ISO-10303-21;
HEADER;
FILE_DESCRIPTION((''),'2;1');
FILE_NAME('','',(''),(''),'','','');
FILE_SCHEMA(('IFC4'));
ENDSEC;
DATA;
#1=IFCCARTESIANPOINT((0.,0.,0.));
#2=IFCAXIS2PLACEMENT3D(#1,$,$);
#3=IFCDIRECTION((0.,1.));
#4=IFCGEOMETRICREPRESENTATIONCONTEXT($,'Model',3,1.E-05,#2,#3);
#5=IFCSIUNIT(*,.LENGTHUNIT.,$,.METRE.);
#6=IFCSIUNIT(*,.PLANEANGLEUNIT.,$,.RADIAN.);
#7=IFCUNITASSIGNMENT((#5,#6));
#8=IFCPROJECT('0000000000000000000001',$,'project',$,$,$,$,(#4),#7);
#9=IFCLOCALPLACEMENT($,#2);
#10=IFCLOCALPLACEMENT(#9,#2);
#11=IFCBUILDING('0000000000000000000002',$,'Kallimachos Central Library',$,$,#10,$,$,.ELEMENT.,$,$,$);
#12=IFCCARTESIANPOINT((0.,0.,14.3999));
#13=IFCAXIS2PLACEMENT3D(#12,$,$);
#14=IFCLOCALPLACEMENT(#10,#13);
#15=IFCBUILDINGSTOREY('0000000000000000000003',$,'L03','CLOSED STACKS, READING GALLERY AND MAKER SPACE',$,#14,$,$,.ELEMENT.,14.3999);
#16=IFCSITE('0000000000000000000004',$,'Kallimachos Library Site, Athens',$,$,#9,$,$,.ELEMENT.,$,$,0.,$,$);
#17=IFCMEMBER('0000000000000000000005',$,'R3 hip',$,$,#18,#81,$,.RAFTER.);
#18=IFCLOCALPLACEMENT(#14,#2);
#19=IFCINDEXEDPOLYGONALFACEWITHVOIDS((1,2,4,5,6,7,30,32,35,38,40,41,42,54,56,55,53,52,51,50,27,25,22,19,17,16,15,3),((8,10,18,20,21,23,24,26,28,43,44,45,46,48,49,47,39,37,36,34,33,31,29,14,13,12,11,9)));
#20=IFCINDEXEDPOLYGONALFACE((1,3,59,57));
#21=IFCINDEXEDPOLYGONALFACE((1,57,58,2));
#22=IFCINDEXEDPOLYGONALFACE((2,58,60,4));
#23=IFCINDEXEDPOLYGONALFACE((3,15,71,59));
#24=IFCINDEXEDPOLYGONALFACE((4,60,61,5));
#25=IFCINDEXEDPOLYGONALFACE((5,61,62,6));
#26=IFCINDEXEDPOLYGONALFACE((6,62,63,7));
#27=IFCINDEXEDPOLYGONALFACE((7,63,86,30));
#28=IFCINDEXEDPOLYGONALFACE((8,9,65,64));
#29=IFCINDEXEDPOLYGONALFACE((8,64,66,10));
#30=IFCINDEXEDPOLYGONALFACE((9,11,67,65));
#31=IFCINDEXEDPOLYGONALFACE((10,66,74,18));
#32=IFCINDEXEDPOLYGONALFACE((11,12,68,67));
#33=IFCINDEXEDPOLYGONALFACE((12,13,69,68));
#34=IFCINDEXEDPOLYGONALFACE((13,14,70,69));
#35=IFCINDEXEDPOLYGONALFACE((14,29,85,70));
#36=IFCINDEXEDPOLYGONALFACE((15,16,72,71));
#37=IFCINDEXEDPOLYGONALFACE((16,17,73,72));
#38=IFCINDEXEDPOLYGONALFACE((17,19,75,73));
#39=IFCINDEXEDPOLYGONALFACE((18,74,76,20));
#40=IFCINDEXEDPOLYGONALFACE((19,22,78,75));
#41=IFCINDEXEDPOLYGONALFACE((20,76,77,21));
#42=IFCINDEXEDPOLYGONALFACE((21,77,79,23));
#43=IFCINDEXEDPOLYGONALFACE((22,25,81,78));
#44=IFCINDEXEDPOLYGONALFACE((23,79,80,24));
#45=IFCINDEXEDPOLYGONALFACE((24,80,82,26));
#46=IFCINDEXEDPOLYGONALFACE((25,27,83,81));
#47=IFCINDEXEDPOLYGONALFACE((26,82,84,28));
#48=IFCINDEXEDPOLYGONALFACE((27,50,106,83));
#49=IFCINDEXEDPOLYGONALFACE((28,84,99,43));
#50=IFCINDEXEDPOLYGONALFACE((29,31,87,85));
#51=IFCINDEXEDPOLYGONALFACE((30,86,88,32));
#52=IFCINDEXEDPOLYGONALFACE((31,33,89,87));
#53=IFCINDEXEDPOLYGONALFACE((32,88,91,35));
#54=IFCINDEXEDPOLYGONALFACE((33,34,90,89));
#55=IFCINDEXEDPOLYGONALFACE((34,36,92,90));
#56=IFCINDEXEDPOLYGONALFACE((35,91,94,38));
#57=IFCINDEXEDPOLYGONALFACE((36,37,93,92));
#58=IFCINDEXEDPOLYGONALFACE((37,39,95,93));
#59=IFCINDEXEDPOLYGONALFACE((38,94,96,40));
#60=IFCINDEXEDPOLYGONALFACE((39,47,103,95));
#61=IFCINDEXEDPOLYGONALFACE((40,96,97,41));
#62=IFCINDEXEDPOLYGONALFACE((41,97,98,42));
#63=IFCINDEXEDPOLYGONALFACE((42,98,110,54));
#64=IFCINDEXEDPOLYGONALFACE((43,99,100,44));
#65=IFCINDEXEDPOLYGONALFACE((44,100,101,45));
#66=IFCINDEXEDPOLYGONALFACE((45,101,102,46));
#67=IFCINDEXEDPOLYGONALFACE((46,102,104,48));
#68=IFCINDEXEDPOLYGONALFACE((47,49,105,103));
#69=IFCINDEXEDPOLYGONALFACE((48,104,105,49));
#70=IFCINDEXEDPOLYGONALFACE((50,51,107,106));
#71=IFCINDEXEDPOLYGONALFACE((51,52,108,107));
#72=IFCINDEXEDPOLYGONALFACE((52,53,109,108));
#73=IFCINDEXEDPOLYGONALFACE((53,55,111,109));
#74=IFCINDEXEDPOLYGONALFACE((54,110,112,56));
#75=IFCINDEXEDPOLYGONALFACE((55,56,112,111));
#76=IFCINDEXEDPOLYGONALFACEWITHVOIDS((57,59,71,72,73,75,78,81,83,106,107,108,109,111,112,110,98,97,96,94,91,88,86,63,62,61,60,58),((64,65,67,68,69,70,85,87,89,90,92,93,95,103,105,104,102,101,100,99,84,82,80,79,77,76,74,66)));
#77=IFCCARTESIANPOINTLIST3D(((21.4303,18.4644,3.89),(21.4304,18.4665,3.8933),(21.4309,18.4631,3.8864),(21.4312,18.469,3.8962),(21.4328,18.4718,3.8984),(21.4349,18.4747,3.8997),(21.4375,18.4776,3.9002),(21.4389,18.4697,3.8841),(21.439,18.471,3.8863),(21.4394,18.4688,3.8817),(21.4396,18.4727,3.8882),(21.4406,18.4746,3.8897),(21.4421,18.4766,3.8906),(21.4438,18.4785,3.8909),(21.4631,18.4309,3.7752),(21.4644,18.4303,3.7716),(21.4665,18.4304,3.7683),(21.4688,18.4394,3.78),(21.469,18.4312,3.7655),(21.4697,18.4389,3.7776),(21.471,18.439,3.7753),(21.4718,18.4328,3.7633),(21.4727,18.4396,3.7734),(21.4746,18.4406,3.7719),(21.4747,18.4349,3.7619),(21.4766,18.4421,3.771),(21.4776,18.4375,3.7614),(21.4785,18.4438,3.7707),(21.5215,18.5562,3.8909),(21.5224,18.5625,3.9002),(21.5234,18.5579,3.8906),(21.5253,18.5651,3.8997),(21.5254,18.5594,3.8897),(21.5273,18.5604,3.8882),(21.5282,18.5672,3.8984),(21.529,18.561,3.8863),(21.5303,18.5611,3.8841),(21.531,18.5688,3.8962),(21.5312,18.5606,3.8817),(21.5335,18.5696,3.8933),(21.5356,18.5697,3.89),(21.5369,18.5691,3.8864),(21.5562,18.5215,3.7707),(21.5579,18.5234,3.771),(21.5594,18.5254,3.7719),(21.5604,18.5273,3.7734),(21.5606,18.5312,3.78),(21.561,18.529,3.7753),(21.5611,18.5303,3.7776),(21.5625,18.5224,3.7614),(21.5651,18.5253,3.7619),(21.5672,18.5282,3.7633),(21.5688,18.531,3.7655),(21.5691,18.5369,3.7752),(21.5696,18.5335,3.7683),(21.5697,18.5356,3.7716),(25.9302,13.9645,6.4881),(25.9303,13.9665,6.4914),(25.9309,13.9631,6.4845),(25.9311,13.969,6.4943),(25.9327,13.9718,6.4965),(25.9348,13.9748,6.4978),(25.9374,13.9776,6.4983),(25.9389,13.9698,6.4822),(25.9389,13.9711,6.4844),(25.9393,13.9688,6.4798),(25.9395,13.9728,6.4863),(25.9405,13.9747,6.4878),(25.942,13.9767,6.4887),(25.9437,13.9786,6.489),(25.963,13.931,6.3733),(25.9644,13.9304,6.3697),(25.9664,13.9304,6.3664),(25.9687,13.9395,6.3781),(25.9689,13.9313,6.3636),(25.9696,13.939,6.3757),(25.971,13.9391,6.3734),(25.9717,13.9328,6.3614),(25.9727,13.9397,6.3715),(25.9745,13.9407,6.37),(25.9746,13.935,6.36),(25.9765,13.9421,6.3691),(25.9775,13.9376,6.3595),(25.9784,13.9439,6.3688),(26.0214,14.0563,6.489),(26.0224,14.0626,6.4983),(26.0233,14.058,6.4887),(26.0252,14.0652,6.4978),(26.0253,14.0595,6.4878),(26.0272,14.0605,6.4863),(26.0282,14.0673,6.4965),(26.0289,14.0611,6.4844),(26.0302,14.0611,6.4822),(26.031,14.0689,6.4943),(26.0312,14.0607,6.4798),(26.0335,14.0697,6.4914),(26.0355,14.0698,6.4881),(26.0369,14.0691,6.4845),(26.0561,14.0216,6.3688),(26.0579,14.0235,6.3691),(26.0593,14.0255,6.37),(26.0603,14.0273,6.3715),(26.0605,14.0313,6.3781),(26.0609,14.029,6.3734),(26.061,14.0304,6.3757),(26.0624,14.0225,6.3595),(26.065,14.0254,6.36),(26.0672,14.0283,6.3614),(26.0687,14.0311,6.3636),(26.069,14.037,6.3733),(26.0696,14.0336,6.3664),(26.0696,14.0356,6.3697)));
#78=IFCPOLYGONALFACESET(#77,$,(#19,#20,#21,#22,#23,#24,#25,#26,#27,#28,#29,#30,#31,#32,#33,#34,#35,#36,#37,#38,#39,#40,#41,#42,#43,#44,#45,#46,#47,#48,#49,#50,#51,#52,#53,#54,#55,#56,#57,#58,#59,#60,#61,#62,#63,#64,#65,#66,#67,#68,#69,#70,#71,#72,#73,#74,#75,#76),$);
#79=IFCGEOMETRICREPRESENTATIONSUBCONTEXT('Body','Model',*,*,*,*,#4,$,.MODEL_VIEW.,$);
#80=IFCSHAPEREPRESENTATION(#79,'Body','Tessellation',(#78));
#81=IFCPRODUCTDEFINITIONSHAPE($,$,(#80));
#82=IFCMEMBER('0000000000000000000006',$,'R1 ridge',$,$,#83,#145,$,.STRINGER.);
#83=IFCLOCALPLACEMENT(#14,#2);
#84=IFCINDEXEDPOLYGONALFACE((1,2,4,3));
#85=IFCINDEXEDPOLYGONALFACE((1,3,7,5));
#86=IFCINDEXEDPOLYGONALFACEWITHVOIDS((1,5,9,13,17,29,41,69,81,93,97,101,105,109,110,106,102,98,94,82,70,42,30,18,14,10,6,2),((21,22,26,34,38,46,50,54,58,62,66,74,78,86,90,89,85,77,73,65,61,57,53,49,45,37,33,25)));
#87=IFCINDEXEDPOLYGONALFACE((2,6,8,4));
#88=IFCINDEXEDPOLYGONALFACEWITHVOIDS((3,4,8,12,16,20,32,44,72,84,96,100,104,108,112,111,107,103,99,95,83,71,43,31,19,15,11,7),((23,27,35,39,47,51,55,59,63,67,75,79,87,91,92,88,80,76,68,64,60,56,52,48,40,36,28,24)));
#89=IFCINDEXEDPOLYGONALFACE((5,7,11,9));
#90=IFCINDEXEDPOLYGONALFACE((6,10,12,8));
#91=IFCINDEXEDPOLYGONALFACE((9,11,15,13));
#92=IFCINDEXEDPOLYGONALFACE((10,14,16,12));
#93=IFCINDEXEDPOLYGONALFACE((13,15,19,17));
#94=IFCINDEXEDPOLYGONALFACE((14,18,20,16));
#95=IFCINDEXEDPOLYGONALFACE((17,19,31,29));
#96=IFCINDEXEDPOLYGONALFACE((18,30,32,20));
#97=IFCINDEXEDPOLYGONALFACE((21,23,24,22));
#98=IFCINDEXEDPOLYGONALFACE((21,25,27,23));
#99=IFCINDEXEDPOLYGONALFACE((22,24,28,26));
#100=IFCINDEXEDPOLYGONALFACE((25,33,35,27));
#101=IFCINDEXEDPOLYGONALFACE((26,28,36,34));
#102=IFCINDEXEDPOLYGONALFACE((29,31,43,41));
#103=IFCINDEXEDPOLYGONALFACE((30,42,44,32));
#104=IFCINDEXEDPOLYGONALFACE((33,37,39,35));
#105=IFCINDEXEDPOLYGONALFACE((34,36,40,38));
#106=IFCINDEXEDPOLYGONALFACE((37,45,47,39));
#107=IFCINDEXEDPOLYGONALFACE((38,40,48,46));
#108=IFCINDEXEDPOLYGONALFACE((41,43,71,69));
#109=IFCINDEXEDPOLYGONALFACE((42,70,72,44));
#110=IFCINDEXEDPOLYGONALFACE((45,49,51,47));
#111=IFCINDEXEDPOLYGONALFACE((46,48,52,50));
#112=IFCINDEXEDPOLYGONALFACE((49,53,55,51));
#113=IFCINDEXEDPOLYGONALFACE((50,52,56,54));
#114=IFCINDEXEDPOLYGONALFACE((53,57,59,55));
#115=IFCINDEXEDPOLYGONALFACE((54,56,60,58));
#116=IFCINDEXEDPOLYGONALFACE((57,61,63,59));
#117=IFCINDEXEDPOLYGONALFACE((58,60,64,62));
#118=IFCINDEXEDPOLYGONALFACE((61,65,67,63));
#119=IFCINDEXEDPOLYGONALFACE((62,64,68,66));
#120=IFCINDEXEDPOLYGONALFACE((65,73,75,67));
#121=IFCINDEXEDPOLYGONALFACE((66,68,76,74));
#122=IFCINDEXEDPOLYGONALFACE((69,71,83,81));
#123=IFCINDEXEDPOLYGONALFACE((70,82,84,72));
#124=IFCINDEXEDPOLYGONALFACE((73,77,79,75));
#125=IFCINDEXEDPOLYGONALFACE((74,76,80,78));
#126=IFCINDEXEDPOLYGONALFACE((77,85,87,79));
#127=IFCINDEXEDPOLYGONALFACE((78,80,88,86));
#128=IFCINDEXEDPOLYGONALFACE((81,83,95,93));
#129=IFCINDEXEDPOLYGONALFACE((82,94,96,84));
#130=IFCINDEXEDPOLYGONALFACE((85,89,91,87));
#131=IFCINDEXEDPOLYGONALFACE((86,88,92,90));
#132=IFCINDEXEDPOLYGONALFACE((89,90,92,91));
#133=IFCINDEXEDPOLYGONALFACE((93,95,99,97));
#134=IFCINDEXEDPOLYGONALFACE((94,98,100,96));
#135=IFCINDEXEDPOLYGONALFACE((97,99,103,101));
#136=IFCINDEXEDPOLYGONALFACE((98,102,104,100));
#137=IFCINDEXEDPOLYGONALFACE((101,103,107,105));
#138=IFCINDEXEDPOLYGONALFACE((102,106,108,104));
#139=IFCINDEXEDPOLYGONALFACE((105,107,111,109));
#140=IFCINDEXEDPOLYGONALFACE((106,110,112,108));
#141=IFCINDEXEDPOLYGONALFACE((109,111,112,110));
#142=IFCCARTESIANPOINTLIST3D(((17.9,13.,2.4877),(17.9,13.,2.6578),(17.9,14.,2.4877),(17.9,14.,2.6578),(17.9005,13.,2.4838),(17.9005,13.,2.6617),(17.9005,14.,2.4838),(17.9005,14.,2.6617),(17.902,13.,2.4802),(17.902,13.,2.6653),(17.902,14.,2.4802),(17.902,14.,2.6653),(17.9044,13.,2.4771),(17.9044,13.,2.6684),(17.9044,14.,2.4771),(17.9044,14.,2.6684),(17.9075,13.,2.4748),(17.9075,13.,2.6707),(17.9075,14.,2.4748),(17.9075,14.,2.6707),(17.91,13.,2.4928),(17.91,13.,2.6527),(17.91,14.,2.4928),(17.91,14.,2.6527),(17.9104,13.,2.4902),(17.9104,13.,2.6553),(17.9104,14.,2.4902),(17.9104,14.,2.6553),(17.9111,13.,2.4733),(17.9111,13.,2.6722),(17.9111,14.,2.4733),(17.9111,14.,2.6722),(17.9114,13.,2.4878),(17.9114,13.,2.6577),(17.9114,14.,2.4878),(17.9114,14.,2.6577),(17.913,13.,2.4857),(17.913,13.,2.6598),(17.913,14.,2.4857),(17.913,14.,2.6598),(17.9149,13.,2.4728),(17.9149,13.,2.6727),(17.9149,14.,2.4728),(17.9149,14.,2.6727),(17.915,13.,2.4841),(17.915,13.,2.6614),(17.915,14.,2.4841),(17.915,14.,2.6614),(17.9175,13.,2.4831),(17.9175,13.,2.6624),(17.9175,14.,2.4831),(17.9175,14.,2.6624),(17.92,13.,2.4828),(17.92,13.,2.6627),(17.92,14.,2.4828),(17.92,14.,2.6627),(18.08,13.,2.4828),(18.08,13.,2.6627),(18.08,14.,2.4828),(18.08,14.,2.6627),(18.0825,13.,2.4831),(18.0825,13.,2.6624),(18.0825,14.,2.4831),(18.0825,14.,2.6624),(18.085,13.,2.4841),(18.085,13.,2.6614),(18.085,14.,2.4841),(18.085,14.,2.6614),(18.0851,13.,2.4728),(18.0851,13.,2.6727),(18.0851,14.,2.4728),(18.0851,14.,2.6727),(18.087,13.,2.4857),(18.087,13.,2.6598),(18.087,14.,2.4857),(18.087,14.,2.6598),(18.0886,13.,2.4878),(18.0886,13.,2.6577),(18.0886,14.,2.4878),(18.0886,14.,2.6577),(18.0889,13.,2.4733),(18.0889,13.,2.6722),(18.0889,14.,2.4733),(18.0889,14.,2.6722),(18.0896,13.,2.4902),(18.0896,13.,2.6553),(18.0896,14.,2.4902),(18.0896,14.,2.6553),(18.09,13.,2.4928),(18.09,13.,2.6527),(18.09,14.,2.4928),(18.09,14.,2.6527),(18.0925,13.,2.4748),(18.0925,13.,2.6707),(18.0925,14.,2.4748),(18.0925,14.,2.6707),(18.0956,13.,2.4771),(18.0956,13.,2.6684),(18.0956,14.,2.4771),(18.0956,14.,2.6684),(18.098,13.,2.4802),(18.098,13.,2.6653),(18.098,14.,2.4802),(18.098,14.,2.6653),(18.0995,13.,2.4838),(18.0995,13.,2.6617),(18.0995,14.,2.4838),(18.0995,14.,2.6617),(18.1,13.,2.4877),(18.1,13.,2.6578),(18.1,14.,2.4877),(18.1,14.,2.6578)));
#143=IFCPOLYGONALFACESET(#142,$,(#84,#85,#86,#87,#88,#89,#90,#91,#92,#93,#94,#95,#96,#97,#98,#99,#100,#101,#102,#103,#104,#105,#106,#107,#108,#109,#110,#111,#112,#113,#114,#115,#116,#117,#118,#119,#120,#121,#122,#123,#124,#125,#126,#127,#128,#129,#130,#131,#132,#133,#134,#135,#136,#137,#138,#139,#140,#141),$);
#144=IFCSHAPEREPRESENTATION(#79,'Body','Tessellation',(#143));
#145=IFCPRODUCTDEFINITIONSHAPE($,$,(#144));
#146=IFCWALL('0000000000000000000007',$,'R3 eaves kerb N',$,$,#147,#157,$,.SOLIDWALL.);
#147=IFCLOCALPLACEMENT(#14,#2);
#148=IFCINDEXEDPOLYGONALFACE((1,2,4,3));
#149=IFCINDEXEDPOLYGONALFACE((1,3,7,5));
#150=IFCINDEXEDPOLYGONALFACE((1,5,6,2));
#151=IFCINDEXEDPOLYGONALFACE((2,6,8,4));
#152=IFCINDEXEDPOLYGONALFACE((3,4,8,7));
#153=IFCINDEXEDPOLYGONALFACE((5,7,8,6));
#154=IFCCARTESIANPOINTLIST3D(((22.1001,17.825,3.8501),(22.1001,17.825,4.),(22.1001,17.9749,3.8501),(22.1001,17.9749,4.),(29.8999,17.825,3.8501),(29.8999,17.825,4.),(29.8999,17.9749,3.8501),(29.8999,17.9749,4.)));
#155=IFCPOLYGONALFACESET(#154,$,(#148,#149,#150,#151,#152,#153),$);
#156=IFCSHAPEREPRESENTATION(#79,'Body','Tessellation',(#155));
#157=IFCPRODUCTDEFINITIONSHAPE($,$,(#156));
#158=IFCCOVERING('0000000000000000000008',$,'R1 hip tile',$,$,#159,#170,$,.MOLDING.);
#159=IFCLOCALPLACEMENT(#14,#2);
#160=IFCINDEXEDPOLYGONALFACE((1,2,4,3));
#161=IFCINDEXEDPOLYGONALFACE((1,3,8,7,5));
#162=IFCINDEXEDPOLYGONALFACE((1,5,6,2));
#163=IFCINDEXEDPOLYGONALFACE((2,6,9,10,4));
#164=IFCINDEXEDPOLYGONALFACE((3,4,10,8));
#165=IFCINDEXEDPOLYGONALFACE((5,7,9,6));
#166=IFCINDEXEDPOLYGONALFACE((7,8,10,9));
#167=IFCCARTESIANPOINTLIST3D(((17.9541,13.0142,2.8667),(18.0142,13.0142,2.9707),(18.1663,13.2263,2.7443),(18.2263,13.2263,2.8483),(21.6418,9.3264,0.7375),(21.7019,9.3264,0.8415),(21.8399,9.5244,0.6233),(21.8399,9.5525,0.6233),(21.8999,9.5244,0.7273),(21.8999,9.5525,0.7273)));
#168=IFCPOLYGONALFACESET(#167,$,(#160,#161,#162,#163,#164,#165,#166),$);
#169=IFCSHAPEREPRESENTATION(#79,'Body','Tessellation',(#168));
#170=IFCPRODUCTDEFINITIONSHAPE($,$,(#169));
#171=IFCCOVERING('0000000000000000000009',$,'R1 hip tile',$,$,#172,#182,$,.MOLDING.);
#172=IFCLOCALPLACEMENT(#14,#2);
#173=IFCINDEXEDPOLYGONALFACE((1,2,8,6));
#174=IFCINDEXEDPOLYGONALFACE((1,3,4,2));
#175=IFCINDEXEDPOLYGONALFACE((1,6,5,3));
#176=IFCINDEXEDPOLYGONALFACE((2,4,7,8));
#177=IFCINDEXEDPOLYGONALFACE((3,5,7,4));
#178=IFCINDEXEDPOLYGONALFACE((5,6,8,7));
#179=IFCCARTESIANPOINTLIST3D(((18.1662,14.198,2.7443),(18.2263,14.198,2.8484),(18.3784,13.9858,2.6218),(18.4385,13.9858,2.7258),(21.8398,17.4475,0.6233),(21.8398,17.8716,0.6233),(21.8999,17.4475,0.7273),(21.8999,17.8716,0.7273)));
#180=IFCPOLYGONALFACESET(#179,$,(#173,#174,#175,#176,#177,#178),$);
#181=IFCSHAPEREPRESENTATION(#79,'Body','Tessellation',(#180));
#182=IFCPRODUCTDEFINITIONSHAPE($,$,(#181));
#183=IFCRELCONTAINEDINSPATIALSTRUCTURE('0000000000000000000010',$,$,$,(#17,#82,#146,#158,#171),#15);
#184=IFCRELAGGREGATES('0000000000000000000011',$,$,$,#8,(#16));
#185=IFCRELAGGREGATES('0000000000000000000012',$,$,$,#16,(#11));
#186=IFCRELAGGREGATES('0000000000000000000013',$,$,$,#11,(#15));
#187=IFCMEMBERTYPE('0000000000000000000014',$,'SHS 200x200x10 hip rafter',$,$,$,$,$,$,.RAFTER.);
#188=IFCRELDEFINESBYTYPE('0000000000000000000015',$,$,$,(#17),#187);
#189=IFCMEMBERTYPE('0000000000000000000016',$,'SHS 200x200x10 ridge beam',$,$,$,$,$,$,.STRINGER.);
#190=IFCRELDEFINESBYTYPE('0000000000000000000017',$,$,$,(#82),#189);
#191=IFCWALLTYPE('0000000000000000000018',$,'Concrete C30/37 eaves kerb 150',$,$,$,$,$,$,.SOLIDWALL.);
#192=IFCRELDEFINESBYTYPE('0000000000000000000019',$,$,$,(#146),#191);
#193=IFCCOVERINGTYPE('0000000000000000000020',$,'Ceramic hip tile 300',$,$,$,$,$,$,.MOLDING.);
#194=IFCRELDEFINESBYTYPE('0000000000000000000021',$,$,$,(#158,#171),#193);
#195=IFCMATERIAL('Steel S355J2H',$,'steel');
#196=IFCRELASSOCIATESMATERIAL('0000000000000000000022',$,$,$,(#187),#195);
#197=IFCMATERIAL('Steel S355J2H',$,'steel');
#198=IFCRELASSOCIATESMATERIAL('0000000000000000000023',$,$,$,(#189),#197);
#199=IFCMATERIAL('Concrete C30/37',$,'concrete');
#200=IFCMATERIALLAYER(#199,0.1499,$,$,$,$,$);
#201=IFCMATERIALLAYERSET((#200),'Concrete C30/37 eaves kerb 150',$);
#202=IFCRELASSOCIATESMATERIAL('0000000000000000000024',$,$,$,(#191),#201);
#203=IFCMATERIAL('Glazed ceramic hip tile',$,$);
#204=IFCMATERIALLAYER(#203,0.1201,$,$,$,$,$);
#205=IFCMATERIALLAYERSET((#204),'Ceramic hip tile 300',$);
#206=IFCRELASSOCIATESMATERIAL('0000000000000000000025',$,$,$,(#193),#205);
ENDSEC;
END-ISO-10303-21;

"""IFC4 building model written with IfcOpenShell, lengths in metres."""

from ifc_helpers import new_model, si_unit, direction, frame, frame_2d, origin, origin_2d, place, context, subcontext, project, spatial, polyline, rectangle, hollow_rectangle, outline, extrude, material, layer, layer_set, material_profile, profile_set, type_object, element, save


model = new_model("IFC4")

# Units and contexts
model_context = context("Model", 3, precision=1e-05, world=origin(), true_north=direction((0.0, 1.0)))
body_context = subcontext(model_context, "Body", "Model", "MODEL_VIEW")
ifc_project = project(units=[si_unit("LENGTHUNIT", "METRE"), si_unit("PLANEANGLEUNIT", "RADIAN")], contexts=[model_context])

# Site, building, storey
site_placement = place(None, origin())
site = spatial("IfcSite", under=ifc_project, at=site_placement, Name="Kallimachos Library Site, Athens", CompositionType="ELEMENT", RefElevation=0.0)
building_placement = place(site_placement, origin())
building = spatial("IfcBuilding", under=site, at=building_placement, Name="Kallimachos Central Library", CompositionType="ELEMENT")
storey_placement = place(building_placement, frame((0.0, 0.0, 14.3999)))
storey = spatial("IfcBuildingStorey", under=building, at=storey_placement, Name="L03", Description="CLOSED STACKS, READING GALLERY AND MAKER SPACE", CompositionType="ELEMENT", Elevation=14.3999)

# Members
ifc_material_1 = material(Name="Steel S355J2H", Category="steel")
ifc_material_profile_1 = material_profile(ifc_material_1, hollow_rectangle(XDim=0.1499, YDim=0.1499, WallThickness=0.01, InnerFilletRadius=0.01, OuterFilletRadius=0.0149, at=origin_2d()), Name="SHS 150x150x10")
ifc_profile_set_1 = profile_set([ifc_material_profile_1], Name="Steel S355J2H")
member_type_1 = type_object("IfcMemberType", Name="SHS 200x200x10 hip rafter", PredefinedType="RAFTER", material=ifc_profile_set_1)
member_1_placement = place(storey_placement, frame((21.5, 18.5, 3.8308), z_axis=(0.654651, -0.654651, 0.377973), x_axis=(0.707107, 0.707107, 0.0)))
element("IfcMember", 1, at=member_1_placement, inside=storey, type_object=member_type_1, Name="R3 hip", PredefinedType="RAFTER", context=body_context, shape_type="SweptSolid", body=[
    extrude(hollow_rectangle(XDim=0.1499, YDim=0.1499, WallThickness=0.01, InnerFilletRadius=0.01, OuterFilletRadius=0.0149, at=origin_2d()), origin(), (0.0, 0.0, 1.0), 6.8738),
])
ifc_material_2 = material(Name="Steel S355J2H", Category="steel")
ifc_material_profile_2 = material_profile(ifc_material_2, hollow_rectangle(XDim=0.2, YDim=0.2, WallThickness=0.01, InnerFilletRadius=0.01, OuterFilletRadius=0.0149, at=origin_2d()), Name="SHS 200x200x10")
ifc_profile_set_2 = profile_set([ifc_material_profile_2], Name="Steel S355J2H")
member_type_2 = type_object("IfcMemberType", Name="SHS 200x200x10 ridge beam", PredefinedType="STRINGER", material=ifc_profile_set_2)
member_2_placement = place(storey_placement, frame((18.0, 13.0, 2.5728), z_axis=(0.0, 1.0, 0.0), x_axis=(-1.0, 0.0, 0.0)))
element("IfcMember", 2, at=member_2_placement, inside=storey, type_object=member_type_2, Name="R1 ridge", PredefinedType="STRINGER", context=body_context, shape_type="SweptSolid", body=[
    extrude(hollow_rectangle(XDim=0.2, YDim=0.2, WallThickness=0.01, InnerFilletRadius=0.01, OuterFilletRadius=0.0149, at=origin_2d()), origin(), (0.0, 0.0, 1.0), 1.0),
])

# Wall
ifc_material_3 = material(Name="Concrete C30/37", Category="concrete")
ifc_layer_1 = layer(ifc_material_3, 0.1499)
ifc_layer_set_1 = layer_set([ifc_layer_1], Name="Concrete C30/37 eaves kerb 150")
wall_type = type_object("IfcWallType", Name="Concrete C30/37 eaves kerb 150", PredefinedType="SOLIDWALL", material=ifc_layer_set_1)
wall_placement = place(storey_placement, frame((22.1001, 17.8999, 3.8501), z_axis=(0.0, 0.0, 1.0), x_axis=(1.0, 0.0, 0.0)))
element("IfcWall", 3, at=wall_placement, inside=storey, type_object=wall_type, Name="R3 eaves kerb N", PredefinedType="SOLIDWALL", context=body_context, shape_type="SweptSolid", body=[
    extrude(rectangle(XDim=7.7998, YDim=0.1499, at=frame_2d((3.8999, 0.0))), origin(), (0.0, 0.0, 1.0), 0.1499),
])

# Coverings
ifc_material_4 = material(Name="Glazed ceramic hip tile")
ifc_layer_2 = layer(ifc_material_4, 0.1201)
ifc_layer_set_2 = layer_set([ifc_layer_2], Name="Ceramic hip tile 300")
covering_type_1 = type_object("IfcCoveringType", Name="Ceramic hip tile 300", PredefinedType="MOLDING", material=ifc_layer_set_2)
covering_1_placement = place(storey_placement, frame((18.0142, 13.0142, 2.9707), z_axis=(0.499831, -0.000246, 0.866123), x_axis=(0.654708, 0.654787, -0.377639)))
element("IfcCovering", 4, at=covering_1_placement, inside=storey, type_object=covering_type_1, Name="R1 hip tile", PredefinedType="MOLDING", context=body_context, shape_type="SweptSolid", body=[
    extrude(outline(polyline([(0.0, 0.0), (0.324, 0.0), (1.1246, -5.5543), (1.1062, -5.5755), (0.8038, -5.5755), (0.0, 0.0)])), origin(), (0.0, 0.0, -1.0), 0.1201),
])
covering_2_placement = place(storey_placement, frame((21.8999, 17.8716, 0.7273), z_axis=(0.500068, -0.000063, 0.865986), x_axis=(-0.000032, -1.0, -0.000055)))
element("IfcCovering", 5, at=covering_2_placement, inside=storey, type_object=covering_type_1, Name="R1 hip tile", PredefinedType="MOLDING", context=body_context, shape_type="SweptSolid", body=[
    extrude(outline(polyline([(0.0, 0.0), (0.4241, 0.0), (3.8857, -3.997), (3.6736, -4.242), (0.0, 0.0)])), origin(), (0.0, 0.0, -1.0), 0.1201),
])

save(model, "model.ifc")
